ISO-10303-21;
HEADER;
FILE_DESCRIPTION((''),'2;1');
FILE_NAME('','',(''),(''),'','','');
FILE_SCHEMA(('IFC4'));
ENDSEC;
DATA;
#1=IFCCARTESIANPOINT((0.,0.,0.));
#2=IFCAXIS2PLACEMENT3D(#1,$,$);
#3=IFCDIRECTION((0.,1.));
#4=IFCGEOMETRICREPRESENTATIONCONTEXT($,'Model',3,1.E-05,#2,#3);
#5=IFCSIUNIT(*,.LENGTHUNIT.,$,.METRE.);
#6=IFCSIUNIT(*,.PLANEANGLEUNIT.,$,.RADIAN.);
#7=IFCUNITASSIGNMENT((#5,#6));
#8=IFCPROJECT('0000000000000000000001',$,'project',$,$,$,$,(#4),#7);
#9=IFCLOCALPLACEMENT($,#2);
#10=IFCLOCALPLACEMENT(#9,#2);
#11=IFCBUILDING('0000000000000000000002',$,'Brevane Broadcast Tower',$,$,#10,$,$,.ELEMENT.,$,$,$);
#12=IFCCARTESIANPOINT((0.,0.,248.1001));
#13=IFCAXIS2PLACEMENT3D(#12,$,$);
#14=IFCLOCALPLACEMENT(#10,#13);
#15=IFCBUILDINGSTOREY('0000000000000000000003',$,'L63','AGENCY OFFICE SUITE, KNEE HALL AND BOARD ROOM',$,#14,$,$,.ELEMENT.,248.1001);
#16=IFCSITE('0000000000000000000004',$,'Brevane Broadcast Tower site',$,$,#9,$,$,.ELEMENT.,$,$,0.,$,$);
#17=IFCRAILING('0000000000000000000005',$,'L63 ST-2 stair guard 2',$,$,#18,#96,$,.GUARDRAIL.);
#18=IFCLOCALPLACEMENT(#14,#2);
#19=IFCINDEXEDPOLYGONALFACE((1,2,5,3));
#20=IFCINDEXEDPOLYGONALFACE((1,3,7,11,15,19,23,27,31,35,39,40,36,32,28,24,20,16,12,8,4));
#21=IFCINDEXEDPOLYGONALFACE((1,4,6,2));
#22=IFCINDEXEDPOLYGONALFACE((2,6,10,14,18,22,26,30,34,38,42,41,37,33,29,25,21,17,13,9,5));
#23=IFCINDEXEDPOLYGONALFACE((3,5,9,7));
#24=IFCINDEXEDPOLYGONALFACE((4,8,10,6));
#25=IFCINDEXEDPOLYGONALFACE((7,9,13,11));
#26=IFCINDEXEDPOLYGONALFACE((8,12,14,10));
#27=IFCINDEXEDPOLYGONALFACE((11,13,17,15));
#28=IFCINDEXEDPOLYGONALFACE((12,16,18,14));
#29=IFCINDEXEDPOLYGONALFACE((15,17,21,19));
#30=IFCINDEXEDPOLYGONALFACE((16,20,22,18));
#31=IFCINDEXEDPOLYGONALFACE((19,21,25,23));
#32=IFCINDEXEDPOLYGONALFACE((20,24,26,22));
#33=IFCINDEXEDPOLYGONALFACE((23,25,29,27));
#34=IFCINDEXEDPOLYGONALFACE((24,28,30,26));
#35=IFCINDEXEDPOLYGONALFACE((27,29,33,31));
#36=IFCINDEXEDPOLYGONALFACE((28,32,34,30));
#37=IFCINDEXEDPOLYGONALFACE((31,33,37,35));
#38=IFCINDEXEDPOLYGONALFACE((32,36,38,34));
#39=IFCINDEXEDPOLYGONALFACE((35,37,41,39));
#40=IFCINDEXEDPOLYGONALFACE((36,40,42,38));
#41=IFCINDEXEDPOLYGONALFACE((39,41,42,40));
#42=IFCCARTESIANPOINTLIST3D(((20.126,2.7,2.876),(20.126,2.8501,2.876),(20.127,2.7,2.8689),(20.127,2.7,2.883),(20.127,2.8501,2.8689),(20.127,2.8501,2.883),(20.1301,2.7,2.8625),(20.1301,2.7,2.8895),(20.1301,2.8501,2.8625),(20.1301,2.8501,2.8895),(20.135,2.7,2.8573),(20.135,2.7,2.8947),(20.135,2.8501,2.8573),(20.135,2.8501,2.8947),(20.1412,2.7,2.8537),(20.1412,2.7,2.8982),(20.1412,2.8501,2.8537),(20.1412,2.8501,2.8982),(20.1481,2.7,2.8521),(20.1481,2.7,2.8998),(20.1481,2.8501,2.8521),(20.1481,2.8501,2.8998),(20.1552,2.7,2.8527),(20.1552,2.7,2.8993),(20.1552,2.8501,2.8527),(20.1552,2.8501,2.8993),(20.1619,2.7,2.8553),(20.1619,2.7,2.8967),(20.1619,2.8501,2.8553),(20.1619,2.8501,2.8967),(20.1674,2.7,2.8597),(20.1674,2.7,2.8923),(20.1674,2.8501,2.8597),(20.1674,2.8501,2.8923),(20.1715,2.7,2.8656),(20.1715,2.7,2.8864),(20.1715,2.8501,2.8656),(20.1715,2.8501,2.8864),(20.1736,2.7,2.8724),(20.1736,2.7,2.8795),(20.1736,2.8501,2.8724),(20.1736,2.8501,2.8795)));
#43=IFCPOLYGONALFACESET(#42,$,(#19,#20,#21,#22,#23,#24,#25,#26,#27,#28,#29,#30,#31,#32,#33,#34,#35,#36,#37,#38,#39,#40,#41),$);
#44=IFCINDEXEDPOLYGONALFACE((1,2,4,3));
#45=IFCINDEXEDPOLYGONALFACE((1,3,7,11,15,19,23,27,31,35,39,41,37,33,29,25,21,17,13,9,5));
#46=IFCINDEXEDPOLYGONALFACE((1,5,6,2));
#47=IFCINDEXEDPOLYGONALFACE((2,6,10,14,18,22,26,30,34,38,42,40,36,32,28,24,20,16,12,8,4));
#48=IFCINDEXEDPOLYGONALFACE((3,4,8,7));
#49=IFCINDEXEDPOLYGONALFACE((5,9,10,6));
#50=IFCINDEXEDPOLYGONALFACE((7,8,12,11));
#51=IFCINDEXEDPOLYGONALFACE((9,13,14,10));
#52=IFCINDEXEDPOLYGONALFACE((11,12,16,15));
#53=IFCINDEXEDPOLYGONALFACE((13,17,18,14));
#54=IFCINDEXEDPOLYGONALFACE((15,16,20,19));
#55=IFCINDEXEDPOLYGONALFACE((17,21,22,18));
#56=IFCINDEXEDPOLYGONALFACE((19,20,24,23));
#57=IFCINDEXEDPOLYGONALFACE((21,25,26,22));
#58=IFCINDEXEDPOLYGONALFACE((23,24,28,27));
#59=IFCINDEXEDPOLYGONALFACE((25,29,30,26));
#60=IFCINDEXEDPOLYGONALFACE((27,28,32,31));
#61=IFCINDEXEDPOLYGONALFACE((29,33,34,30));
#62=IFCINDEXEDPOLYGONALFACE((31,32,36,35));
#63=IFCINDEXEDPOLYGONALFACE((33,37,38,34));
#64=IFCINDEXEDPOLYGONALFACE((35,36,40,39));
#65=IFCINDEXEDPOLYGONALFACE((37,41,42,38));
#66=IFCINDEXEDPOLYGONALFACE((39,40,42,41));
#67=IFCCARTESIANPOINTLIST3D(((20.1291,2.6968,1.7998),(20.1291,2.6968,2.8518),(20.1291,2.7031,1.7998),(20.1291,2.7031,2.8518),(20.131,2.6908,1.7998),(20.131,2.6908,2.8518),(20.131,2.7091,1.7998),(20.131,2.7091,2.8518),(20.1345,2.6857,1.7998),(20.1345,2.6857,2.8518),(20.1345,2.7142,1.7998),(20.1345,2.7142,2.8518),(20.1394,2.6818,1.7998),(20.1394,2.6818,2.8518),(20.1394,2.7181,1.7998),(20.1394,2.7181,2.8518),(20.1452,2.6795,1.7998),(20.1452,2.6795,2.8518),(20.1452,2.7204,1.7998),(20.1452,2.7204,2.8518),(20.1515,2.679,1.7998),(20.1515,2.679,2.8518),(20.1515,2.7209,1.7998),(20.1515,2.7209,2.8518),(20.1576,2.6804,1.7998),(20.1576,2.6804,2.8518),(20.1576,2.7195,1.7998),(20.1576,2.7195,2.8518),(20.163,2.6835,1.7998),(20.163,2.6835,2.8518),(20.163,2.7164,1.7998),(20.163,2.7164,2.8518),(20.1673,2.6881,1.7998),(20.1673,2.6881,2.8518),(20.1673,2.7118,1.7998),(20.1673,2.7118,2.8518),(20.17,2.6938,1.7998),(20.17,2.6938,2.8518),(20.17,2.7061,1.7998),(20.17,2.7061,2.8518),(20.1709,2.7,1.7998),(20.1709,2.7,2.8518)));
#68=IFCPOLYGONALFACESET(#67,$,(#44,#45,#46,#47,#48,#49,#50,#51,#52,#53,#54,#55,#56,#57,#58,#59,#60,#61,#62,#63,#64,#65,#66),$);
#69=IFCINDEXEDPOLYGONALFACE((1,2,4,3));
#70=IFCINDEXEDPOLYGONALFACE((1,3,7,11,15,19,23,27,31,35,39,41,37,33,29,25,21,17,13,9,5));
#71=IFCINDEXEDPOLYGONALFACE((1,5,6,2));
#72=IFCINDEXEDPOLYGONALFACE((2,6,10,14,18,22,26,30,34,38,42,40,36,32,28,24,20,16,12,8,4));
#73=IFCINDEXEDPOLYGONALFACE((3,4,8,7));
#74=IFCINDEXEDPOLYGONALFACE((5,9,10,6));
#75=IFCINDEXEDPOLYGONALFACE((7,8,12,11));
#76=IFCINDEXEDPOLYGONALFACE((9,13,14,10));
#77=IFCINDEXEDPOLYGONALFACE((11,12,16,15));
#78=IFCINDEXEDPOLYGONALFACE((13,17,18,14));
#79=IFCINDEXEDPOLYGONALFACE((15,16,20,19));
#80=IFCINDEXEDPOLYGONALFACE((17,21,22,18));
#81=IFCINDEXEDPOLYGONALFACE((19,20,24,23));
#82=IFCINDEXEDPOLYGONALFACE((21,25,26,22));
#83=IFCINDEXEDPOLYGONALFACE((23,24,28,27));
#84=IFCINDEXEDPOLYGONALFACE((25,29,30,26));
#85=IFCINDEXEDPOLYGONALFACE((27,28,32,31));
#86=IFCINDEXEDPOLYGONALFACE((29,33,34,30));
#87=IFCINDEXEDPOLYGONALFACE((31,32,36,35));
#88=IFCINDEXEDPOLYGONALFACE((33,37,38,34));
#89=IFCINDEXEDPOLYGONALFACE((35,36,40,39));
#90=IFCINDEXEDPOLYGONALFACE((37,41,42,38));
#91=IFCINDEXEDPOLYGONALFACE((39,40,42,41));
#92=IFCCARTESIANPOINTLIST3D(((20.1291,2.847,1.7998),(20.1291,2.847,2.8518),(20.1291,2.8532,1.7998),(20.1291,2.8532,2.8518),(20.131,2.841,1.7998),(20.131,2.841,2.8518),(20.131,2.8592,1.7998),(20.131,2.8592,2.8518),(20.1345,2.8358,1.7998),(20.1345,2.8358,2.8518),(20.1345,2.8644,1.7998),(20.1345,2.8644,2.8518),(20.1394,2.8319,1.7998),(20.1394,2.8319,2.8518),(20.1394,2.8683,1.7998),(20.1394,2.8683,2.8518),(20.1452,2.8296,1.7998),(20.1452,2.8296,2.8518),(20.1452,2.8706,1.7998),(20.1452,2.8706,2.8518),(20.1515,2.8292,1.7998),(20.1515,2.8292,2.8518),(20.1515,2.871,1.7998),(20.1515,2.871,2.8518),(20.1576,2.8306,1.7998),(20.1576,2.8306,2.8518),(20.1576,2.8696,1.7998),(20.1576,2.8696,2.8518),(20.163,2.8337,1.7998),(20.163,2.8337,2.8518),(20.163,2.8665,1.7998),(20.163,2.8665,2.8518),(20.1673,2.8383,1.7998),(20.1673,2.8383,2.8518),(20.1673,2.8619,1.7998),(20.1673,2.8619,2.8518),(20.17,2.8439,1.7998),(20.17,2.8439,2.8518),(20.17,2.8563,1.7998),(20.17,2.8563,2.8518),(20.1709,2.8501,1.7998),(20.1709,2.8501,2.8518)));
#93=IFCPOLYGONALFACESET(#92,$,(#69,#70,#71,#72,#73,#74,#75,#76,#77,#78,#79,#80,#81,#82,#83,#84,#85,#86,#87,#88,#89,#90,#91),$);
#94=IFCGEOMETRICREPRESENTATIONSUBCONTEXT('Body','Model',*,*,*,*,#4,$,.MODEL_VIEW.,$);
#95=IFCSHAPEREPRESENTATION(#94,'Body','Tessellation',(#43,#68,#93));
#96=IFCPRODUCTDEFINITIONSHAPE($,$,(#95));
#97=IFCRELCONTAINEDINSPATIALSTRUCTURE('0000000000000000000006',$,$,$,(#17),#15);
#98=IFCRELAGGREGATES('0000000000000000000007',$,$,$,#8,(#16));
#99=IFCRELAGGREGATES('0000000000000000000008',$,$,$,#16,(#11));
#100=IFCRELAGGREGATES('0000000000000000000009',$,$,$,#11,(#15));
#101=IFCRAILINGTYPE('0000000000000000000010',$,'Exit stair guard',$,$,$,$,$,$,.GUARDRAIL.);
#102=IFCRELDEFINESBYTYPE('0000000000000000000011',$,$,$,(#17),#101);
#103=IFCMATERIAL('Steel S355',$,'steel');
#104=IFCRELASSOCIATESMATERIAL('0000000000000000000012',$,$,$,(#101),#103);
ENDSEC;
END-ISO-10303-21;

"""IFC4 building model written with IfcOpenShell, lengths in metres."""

from ifc_helpers import new_model, si_unit, direction, frame, origin, origin_2d, place, context, subcontext, project, spatial, circle, extrude, material, type_object, element, save


model = new_model("IFC4")

# Units and contexts
model_context = context("Model", 3, precision=1e-05, world=origin(), true_north=direction((0.0, 1.0)))
body_context = subcontext(model_context, "Body", "Model", "MODEL_VIEW")
ifc_project = project(units=[si_unit("LENGTHUNIT", "METRE"), si_unit("PLANEANGLEUNIT", "RADIAN")], contexts=[model_context])

# Site, building, storey
site_placement = place(None, origin())
site = spatial("IfcSite", under=ifc_project, at=site_placement, Name="Brevane Broadcast Tower site", CompositionType="ELEMENT", RefElevation=0.0)
building_placement = place(site_placement, origin())
building = spatial("IfcBuilding", under=site, at=building_placement, Name="Brevane Broadcast Tower", CompositionType="ELEMENT")
storey_placement = place(building_placement, frame((0.0, 0.0, 248.1001)))
storey = spatial("IfcBuildingStorey", under=building, at=storey_placement, Name="L63", Description="AGENCY OFFICE SUITE, KNEE HALL AND BOARD ROOM", CompositionType="ELEMENT", Elevation=248.1001)

# Railing
ifc_material_1 = material(Name="Steel S355", Category="steel")
railing_type_1 = type_object("IfcRailingType", Name="Exit stair guard", PredefinedType="GUARDRAIL", material=ifc_material_1)
railing_1_placement = place(storey_placement, frame((20.1499, 2.7, 1.7998)))
element("IfcRailing", 1, at=railing_1_placement, inside=storey, type_object=railing_type_1, Name="L63 ST-2 stair guard 2", PredefinedType="GUARDRAIL", context=body_context, shape_type="SweptSolid", body=[
    extrude(circle(Radius=0.0239, at=origin_2d()), frame((0.0, 0.0, 1.0762), z_axis=(0.0, 1.0, 0.0), x_axis=(-1.0, 0.0, 0.0)), (0.0, 0.0, 1.0), 0.1501),
    extrude(circle(Radius=0.021, at=origin_2d()), origin(), (0.0, 0.0, 1.0), 1.052),
    extrude(circle(Radius=0.021, at=origin_2d()), frame((0.0, 0.1501, 0.0)), (0.0, 0.0, 1.0), 1.052),
])

save(model, "model.ifc")
